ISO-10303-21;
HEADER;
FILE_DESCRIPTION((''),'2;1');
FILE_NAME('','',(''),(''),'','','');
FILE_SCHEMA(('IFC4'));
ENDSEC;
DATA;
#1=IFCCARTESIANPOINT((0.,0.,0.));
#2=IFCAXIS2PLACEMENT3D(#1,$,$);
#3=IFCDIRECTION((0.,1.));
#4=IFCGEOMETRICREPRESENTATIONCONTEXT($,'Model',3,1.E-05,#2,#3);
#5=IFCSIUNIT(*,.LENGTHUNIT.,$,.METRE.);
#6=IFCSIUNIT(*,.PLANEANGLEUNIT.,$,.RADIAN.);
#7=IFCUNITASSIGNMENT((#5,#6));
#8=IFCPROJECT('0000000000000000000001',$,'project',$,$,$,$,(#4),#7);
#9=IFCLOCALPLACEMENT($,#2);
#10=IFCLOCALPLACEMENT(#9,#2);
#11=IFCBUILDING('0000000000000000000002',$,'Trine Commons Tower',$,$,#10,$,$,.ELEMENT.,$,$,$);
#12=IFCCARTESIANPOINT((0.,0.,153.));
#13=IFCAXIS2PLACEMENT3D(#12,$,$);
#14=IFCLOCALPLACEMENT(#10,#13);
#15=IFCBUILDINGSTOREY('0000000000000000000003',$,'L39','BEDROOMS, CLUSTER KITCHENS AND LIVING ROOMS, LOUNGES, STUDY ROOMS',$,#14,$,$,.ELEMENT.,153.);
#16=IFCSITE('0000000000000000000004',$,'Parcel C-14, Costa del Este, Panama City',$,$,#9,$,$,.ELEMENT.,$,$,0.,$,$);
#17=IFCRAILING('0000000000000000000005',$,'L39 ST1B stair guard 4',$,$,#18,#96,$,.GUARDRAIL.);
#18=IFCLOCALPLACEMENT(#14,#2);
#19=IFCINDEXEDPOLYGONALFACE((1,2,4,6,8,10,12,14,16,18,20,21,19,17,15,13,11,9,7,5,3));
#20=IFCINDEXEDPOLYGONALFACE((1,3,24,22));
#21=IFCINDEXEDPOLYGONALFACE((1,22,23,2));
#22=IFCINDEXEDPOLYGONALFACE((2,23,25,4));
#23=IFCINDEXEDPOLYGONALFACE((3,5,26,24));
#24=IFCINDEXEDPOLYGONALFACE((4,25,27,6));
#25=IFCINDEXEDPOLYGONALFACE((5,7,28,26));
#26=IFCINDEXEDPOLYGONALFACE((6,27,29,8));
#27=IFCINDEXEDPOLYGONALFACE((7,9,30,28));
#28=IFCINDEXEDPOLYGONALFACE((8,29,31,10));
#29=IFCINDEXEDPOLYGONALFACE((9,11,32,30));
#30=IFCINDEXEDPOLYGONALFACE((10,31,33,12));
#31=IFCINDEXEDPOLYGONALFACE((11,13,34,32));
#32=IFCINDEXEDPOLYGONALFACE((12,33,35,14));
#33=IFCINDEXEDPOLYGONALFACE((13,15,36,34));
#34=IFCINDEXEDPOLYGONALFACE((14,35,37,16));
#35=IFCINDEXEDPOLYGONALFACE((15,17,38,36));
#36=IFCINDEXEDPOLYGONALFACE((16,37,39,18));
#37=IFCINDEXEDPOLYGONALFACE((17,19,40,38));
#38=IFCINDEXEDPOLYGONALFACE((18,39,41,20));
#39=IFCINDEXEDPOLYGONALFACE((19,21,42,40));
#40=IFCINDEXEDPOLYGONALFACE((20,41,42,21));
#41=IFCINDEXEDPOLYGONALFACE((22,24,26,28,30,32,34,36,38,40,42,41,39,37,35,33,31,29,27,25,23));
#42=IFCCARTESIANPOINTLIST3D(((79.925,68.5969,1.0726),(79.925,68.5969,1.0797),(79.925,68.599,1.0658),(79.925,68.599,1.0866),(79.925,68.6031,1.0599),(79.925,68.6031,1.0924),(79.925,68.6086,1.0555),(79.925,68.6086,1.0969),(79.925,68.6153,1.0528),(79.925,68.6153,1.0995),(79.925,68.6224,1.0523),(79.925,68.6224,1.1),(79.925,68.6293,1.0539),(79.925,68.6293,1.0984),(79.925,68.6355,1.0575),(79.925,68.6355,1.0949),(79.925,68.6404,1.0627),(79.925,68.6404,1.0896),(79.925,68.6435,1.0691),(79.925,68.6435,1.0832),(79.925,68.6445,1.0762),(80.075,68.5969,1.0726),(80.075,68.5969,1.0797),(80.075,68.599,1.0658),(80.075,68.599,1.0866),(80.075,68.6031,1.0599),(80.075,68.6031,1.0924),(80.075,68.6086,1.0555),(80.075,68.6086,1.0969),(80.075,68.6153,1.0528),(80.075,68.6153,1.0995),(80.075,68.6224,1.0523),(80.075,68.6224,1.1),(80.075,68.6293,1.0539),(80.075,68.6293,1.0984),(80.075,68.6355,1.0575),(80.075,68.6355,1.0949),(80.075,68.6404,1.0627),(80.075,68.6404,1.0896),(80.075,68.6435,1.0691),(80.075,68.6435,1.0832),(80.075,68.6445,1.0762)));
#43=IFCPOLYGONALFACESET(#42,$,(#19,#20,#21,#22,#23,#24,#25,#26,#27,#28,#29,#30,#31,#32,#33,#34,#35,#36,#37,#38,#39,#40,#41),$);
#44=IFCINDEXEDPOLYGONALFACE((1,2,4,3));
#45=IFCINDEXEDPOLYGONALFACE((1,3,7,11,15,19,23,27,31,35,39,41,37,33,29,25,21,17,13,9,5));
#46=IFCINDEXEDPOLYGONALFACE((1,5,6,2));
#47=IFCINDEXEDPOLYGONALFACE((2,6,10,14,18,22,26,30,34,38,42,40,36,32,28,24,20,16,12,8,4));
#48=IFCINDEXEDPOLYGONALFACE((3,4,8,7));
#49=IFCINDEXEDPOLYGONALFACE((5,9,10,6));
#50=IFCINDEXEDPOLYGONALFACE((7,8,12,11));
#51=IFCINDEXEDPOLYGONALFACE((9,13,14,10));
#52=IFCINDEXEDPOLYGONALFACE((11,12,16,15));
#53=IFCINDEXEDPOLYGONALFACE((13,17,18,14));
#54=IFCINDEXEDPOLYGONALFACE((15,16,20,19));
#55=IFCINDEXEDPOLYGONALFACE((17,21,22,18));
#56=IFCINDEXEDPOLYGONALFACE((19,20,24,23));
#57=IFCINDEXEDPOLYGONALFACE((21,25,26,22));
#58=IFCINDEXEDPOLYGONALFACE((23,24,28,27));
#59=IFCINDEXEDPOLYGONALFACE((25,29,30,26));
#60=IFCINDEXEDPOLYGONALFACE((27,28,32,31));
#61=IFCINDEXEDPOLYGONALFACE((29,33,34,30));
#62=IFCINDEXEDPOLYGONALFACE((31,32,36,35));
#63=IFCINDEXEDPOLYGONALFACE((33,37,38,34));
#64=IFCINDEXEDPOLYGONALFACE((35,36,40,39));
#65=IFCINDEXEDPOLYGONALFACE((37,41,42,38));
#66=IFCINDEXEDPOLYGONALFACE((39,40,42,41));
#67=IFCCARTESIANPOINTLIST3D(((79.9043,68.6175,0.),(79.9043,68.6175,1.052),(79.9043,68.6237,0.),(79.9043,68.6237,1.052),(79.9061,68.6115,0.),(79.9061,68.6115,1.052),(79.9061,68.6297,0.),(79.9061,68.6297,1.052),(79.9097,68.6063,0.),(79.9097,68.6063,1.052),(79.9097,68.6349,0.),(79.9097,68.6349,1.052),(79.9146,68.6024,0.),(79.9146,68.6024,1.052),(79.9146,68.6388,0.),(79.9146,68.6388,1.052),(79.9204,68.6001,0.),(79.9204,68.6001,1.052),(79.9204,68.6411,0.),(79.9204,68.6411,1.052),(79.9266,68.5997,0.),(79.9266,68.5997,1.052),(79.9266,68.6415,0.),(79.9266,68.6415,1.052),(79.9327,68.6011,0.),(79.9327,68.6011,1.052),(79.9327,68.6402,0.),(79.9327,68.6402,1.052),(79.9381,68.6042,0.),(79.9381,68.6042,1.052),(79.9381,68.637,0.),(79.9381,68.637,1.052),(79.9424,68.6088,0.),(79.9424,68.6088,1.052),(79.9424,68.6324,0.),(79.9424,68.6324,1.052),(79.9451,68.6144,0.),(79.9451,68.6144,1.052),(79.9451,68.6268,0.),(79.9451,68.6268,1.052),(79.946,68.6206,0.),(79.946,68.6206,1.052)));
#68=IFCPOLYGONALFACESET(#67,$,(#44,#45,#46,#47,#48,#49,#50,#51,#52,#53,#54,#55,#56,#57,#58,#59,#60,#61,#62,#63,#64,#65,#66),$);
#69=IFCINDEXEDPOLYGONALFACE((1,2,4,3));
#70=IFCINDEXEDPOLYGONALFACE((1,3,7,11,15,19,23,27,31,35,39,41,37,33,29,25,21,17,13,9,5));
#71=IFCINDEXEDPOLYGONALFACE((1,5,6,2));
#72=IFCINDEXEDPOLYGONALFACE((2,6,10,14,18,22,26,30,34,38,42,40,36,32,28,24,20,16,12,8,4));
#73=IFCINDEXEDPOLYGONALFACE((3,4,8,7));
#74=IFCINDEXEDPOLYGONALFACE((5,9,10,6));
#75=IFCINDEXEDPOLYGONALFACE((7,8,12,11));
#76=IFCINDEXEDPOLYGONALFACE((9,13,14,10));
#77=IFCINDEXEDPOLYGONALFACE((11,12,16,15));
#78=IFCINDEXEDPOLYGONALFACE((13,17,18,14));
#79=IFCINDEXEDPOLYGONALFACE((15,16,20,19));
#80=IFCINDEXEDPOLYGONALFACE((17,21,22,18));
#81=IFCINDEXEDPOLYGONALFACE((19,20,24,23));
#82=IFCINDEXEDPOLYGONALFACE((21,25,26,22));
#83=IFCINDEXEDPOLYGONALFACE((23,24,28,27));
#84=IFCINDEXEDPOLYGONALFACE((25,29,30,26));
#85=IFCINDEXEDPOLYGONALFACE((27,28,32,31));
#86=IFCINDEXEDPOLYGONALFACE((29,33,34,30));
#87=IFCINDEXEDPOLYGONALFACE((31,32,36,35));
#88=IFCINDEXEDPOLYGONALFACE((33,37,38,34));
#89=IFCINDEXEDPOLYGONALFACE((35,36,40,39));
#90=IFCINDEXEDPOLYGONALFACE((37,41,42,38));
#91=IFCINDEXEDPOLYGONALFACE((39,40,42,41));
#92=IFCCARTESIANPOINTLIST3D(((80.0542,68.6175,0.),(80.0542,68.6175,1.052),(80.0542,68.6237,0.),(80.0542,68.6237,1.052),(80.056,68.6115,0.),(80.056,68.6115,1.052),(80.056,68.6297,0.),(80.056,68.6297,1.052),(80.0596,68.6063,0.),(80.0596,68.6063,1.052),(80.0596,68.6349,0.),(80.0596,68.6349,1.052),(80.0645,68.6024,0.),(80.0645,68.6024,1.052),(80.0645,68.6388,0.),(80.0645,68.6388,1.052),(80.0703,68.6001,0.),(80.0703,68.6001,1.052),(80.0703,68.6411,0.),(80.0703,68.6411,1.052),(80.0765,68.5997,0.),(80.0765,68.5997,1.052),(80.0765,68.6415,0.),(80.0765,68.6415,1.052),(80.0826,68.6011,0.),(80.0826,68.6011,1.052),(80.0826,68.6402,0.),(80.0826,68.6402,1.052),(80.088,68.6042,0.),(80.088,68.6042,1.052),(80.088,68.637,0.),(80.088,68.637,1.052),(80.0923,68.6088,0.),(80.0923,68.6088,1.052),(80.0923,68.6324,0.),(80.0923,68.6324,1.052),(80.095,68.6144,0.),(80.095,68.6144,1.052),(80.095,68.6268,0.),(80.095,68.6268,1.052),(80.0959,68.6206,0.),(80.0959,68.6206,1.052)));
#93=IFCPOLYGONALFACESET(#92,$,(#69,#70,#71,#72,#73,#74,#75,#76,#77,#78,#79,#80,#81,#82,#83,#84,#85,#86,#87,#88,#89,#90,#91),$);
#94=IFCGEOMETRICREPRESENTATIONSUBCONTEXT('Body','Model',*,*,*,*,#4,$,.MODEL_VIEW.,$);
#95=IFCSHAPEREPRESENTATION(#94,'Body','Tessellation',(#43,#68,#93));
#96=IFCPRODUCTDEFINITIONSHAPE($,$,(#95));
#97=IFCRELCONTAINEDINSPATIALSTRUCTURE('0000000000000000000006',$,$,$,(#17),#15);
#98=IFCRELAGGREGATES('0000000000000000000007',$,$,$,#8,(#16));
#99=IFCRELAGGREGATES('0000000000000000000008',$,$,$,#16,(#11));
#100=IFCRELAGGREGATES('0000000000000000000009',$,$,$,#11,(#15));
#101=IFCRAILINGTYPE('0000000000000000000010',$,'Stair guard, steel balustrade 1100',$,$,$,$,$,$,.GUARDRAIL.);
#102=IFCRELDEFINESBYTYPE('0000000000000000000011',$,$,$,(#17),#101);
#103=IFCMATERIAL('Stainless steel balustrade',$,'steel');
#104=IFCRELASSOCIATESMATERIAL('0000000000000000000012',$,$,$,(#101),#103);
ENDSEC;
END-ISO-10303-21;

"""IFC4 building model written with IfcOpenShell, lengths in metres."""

from ifc_helpers import new_model, si_unit, direction, frame, origin, origin_2d, place, context, subcontext, project, spatial, circle, extrude, material, type_object, element, save


model = new_model("IFC4")

# Units and contexts
model_context = context("Model", 3, precision=1e-05, world=origin(), true_north=direction((0.0, 1.0)))
body_context = subcontext(model_context, "Body", "Model", "MODEL_VIEW")
ifc_project = project(units=[si_unit("LENGTHUNIT", "METRE"), si_unit("PLANEANGLEUNIT", "RADIAN")], contexts=[model_context])

# Site, building, storey
site_placement = place(None, origin())
site = spatial("IfcSite", under=ifc_project, at=site_placement, Name="Parcel C-14, Costa del Este, Panama City", CompositionType="ELEMENT", RefElevation=0.0)
building_placement = place(site_placement, origin())
building = spatial("IfcBuilding", under=site, at=building_placement, Name="Trine Commons Tower", CompositionType="ELEMENT")
storey_placement = place(building_placement, frame((0.0, 0.0, 153.0)))
storey = spatial("IfcBuildingStorey", under=building, at=storey_placement, Name="L39", Description="BEDROOMS, CLUSTER KITCHENS AND LIVING ROOMS, LOUNGES, STUDY ROOMS", CompositionType="ELEMENT", Elevation=153.0)

# Railing
ifc_material_1 = material(Name="Stainless steel balustrade", Category="steel")
railing_type_1 = type_object("IfcRailingType", Name="Stair guard, steel balustrade 1100", PredefinedType="GUARDRAIL", material=ifc_material_1)
railing_1_placement = place(storey_placement, frame((79.925, 68.6206, 0.0)))
element("IfcRailing", 1, at=railing_1_placement, inside=storey, type_object=railing_type_1, Name="L39 ST1B stair guard 4", PredefinedType="GUARDRAIL", context=body_context, shape_type="SweptSolid", body=[
    extrude(circle(Radius=0.0239, at=origin_2d()), frame((0.0, 0.0, 1.0762), z_axis=(1.0, 0.0, 0.0), x_axis=(0.0, 1.0, 0.0)), (0.0, 0.0, 1.0), 0.1499),
    extrude(circle(Radius=0.021, at=origin_2d()), origin(), (0.0, 0.0, 1.0), 1.052),
    extrude(circle(Radius=0.021, at=origin_2d()), frame((0.1499, 0.0, 0.0)), (0.0, 0.0, 1.0), 1.052),
])

save(model, "model.ifc")
